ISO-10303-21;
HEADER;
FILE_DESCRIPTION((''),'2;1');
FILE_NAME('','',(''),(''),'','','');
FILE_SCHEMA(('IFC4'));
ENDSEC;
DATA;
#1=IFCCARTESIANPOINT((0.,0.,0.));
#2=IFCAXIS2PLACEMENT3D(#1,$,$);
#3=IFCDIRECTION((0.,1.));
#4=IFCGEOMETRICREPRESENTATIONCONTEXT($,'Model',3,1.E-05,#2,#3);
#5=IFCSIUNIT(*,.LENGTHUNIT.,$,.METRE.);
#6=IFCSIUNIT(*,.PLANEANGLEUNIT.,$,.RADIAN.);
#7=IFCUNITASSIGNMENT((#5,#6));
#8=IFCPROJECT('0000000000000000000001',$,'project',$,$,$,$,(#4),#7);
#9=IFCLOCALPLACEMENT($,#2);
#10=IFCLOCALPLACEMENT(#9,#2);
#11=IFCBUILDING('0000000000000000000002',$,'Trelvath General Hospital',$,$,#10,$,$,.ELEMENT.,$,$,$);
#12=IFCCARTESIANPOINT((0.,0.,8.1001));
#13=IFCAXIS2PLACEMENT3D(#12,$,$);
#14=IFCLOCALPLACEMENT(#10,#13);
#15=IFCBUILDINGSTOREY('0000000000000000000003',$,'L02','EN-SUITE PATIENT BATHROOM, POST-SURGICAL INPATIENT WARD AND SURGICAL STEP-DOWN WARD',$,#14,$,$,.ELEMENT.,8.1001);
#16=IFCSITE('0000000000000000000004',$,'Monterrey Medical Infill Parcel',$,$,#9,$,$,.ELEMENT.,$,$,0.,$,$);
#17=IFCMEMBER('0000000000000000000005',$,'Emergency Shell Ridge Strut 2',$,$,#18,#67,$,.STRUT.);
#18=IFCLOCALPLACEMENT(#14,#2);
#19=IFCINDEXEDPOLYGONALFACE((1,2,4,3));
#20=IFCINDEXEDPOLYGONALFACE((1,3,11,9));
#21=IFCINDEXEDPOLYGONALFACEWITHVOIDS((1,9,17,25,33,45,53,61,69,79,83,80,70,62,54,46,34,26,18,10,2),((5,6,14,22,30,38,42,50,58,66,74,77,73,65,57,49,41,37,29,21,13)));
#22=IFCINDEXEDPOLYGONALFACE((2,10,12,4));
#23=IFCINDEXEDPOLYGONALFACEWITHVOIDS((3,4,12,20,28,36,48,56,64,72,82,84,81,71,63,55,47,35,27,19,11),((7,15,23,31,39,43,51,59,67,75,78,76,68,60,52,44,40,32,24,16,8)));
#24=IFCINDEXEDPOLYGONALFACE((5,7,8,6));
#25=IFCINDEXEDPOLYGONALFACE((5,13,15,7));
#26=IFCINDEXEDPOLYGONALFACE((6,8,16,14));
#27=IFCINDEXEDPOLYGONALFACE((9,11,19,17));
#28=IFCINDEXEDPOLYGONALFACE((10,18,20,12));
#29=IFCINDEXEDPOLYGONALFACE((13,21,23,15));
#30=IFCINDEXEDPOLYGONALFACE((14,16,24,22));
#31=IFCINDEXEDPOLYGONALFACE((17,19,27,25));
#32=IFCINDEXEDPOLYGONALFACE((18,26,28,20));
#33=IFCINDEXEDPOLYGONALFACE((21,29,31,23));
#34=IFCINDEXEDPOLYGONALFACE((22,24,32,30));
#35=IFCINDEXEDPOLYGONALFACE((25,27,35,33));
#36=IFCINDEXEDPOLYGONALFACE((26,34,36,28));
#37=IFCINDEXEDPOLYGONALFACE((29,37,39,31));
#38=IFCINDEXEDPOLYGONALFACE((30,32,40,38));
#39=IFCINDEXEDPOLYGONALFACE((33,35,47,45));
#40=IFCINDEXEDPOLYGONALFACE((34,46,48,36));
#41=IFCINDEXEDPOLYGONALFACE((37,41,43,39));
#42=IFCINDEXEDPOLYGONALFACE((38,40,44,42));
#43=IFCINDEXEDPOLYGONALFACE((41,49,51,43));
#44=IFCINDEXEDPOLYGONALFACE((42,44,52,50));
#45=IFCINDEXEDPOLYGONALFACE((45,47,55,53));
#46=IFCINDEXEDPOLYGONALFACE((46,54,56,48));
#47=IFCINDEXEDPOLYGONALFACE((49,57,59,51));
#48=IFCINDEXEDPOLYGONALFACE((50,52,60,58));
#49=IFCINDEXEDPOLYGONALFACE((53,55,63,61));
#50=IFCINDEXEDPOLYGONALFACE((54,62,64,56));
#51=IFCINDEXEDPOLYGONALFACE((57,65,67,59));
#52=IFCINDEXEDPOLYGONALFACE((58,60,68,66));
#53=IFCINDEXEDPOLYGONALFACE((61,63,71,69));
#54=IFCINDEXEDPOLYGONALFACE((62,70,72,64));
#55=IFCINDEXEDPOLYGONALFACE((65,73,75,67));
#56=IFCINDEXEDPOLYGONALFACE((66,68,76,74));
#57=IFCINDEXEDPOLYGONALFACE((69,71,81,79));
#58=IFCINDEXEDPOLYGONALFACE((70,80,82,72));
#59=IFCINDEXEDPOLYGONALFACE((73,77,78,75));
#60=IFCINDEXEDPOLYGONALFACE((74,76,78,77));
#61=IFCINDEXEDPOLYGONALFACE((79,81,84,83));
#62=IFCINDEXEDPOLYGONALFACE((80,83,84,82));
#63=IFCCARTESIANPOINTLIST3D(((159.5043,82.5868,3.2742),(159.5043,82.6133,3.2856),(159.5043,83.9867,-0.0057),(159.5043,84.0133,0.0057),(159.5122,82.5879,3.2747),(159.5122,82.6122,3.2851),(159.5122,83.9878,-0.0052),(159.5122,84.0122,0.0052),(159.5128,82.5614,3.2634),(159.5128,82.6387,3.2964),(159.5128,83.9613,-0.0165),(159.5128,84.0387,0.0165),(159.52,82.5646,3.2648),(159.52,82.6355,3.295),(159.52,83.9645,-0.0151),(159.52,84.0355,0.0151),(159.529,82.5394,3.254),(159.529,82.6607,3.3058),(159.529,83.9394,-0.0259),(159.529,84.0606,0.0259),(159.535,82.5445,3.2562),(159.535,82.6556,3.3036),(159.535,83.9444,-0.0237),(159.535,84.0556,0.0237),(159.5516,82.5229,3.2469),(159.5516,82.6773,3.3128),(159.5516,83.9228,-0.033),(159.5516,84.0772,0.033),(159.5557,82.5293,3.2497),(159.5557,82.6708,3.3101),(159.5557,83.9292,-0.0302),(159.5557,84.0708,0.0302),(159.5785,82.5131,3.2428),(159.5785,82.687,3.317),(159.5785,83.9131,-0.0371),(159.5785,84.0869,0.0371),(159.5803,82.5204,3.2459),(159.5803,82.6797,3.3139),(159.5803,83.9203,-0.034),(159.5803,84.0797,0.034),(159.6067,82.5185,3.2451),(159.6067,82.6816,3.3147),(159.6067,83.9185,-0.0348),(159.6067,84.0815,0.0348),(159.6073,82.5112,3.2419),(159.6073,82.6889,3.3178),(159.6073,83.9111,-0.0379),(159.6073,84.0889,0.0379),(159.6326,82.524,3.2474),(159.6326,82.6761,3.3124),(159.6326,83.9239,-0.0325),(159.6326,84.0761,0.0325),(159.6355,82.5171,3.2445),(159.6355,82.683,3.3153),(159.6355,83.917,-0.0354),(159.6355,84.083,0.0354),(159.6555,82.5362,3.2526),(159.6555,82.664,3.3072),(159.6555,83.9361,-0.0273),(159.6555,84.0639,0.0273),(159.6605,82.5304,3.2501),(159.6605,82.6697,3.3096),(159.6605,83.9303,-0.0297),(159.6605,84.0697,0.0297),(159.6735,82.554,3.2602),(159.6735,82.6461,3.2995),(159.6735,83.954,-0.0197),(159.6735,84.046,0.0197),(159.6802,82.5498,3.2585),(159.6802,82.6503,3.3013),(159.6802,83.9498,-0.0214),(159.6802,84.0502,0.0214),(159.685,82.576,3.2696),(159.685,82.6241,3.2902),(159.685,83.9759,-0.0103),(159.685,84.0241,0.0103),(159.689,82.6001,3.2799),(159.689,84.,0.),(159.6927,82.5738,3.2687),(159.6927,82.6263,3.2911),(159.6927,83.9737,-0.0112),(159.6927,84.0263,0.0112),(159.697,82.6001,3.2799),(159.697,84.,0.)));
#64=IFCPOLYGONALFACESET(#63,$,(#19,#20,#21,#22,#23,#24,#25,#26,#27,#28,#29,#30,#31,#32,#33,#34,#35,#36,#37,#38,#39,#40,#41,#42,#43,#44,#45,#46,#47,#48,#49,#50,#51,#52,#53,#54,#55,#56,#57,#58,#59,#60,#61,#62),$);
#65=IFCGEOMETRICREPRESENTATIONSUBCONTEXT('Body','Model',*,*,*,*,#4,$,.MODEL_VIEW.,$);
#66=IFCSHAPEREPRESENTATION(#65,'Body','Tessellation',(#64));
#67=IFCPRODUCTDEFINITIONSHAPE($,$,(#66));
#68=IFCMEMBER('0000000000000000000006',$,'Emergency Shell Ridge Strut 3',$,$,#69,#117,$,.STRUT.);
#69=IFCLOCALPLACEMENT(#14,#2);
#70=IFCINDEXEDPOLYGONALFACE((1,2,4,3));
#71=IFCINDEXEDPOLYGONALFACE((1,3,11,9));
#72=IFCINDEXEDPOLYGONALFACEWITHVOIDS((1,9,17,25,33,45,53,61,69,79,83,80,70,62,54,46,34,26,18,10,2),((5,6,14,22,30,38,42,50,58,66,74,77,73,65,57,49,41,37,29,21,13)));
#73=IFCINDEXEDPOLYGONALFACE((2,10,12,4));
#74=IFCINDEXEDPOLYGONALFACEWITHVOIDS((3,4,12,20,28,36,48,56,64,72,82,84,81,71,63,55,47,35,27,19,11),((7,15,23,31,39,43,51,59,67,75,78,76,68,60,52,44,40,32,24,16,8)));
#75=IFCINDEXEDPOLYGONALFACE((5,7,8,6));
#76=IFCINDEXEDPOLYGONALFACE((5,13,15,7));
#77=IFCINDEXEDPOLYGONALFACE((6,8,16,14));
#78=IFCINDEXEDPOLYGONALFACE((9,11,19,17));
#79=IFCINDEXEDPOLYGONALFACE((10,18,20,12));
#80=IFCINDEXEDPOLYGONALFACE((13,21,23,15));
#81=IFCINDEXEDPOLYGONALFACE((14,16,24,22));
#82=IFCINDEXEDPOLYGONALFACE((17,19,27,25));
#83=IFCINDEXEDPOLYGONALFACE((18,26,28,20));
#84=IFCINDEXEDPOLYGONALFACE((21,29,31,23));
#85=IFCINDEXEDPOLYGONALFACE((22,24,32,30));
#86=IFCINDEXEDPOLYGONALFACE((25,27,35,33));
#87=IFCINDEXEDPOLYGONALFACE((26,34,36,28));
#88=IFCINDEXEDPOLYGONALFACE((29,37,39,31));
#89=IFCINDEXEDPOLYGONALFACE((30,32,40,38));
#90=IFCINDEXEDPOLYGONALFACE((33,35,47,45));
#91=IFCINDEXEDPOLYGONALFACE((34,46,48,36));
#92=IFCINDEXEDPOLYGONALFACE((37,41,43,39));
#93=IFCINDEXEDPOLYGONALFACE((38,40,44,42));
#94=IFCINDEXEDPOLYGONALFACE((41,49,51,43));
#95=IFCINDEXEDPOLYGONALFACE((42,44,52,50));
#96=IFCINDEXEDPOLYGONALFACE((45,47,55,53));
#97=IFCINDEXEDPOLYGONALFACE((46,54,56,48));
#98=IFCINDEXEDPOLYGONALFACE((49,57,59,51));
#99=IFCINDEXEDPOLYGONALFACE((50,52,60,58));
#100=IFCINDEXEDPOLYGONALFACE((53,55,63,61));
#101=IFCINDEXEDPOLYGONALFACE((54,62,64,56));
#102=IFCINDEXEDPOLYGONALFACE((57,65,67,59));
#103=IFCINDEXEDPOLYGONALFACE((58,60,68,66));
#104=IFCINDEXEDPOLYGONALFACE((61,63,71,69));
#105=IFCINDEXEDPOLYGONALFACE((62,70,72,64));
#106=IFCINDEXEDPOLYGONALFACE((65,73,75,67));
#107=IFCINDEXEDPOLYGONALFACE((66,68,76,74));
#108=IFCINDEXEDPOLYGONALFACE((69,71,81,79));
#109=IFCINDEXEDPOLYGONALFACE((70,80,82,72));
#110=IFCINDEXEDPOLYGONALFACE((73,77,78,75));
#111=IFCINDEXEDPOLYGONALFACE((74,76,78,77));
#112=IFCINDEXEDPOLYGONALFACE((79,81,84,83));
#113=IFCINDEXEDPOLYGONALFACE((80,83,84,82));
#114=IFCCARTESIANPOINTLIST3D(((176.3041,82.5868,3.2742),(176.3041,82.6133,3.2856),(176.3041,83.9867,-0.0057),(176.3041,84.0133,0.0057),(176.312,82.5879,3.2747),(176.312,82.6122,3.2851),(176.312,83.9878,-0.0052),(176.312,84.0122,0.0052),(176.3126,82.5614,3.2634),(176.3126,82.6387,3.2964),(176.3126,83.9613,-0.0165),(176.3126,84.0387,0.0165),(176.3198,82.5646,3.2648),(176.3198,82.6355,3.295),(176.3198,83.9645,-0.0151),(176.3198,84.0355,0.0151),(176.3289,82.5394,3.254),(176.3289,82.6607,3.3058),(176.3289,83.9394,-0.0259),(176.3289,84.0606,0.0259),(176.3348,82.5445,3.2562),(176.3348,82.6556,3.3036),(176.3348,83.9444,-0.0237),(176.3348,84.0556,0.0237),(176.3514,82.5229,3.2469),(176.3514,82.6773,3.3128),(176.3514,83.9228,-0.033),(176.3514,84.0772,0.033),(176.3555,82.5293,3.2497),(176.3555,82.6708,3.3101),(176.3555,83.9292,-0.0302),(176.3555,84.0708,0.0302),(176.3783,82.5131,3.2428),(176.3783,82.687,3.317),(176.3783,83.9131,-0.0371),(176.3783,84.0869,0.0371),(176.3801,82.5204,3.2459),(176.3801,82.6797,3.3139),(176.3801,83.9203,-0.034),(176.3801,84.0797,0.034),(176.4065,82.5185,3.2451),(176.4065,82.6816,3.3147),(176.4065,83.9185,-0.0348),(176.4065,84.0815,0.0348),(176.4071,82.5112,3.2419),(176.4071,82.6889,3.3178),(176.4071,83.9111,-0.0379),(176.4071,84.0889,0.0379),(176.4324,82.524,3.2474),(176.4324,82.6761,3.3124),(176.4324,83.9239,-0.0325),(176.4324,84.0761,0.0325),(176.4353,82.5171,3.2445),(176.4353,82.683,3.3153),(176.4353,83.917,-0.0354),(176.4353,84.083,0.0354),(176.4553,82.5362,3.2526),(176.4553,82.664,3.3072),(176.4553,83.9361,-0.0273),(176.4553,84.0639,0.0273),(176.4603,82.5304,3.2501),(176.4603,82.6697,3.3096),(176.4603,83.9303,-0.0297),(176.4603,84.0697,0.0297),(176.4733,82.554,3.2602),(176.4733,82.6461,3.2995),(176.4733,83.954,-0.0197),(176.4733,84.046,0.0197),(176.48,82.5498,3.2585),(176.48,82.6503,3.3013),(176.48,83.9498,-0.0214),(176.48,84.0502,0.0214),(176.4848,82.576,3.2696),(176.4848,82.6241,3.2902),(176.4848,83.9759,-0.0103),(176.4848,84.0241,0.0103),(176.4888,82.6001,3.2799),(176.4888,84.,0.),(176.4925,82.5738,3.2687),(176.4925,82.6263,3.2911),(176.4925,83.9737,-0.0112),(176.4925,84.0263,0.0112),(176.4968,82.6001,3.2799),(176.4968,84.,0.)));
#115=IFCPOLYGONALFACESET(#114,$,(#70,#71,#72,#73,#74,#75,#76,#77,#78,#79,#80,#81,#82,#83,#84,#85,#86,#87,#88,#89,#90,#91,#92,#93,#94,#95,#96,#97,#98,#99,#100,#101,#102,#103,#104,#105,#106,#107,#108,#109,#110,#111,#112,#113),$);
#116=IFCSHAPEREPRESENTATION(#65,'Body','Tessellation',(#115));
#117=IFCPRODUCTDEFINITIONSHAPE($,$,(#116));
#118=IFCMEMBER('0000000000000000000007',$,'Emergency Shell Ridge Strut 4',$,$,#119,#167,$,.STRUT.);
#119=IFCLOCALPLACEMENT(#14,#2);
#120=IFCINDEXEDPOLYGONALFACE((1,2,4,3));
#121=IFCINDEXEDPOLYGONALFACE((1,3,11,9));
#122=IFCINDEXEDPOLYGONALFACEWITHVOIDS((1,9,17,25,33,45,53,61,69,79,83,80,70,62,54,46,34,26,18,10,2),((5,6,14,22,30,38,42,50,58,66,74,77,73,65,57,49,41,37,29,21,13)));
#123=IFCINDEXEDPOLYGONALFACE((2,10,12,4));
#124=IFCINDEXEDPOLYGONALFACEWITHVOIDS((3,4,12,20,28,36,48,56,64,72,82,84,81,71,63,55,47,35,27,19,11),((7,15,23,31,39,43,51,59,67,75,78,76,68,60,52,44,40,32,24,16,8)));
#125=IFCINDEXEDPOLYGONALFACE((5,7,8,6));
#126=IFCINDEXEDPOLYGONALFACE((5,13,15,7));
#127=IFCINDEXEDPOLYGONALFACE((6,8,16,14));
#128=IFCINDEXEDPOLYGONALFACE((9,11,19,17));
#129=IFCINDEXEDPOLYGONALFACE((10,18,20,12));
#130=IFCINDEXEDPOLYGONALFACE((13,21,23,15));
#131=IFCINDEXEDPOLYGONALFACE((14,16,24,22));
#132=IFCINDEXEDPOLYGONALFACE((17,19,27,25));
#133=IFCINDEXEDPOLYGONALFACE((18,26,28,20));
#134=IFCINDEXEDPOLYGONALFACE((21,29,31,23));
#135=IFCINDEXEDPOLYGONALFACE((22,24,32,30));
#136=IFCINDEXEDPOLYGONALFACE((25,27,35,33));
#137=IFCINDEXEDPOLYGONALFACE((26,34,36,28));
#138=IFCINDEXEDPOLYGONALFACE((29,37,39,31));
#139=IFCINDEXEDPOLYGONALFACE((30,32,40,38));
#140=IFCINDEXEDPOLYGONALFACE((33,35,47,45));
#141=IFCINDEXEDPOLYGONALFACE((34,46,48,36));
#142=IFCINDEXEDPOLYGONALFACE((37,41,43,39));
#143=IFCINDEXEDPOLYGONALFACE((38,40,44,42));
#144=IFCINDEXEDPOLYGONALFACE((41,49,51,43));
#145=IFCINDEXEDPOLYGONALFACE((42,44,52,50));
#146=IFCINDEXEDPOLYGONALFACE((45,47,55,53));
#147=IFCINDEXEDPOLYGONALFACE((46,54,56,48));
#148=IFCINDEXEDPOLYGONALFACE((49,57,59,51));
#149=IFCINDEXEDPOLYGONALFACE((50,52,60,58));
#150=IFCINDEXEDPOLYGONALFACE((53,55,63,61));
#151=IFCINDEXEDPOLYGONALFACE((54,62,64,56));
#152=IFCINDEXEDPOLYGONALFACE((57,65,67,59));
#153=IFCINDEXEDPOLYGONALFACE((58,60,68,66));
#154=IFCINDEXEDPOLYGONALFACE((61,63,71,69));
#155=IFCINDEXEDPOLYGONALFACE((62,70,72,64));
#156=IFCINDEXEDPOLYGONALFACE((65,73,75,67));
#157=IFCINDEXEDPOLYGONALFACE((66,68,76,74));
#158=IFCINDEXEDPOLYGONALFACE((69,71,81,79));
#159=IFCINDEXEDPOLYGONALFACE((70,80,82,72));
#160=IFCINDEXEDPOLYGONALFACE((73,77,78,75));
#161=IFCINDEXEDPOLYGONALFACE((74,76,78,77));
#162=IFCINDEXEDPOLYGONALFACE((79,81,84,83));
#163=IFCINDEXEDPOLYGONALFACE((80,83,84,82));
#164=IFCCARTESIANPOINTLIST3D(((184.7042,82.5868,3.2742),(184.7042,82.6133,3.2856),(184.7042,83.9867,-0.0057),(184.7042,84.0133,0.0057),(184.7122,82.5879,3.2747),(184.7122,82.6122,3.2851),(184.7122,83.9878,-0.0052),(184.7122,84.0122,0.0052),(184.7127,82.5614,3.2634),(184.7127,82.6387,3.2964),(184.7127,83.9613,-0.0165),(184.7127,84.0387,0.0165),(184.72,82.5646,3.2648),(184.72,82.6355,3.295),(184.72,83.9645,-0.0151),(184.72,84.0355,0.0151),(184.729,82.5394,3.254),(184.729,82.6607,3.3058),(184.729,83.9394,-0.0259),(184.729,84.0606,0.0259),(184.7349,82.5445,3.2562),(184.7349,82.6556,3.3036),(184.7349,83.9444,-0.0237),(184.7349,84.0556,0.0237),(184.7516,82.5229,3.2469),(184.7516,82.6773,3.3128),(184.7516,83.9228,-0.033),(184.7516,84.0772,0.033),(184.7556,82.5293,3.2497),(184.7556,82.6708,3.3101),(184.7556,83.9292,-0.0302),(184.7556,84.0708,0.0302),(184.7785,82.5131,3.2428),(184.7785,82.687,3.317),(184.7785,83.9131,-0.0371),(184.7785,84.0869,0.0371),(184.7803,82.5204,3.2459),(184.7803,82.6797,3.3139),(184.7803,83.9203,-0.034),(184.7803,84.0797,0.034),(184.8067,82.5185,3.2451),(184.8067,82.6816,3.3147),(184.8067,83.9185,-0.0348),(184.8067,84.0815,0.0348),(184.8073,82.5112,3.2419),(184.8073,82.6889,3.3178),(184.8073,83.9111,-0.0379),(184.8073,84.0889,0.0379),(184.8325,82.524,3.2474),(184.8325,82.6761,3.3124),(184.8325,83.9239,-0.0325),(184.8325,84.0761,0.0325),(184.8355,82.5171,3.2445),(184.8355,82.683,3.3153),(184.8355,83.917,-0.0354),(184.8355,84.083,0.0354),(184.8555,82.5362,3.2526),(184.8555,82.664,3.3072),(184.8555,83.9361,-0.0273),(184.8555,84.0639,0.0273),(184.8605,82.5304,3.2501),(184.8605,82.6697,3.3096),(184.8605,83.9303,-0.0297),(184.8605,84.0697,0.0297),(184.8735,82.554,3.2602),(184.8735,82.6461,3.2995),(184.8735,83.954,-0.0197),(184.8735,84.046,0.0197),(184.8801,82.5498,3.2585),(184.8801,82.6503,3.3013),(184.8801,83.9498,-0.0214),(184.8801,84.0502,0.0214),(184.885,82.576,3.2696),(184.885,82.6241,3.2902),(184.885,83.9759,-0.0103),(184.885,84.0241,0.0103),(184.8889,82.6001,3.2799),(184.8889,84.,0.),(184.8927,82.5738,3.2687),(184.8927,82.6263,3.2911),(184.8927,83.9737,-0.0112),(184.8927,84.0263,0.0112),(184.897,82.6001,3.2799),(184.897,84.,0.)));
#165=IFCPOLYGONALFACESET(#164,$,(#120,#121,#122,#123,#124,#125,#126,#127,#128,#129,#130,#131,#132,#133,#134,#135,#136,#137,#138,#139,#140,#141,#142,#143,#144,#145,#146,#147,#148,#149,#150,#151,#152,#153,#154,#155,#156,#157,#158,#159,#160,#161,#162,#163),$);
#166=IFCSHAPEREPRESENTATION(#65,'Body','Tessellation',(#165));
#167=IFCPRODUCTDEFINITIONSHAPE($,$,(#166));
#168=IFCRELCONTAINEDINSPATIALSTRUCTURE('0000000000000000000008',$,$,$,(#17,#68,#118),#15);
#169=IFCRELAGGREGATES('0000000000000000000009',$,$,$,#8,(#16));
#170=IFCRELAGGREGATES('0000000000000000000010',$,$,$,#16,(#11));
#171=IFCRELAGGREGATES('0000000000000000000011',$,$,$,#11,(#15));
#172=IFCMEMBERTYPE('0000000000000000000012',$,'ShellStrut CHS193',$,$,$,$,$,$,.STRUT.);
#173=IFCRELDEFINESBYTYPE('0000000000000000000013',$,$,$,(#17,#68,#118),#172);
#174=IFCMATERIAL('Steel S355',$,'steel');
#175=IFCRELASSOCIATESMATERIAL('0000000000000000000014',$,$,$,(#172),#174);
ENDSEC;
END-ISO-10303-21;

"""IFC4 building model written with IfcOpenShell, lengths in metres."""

from ifc_helpers import new_model, si_unit, direction, frame, origin, origin_2d, place, context, subcontext, project, spatial, hollow_circle, extrude, material, material_profile, profile_set, type_object, element, save


model = new_model("IFC4")

# Units and contexts
model_context = context("Model", 3, precision=1e-05, world=origin(), true_north=direction((0.0, 1.0)))
body_context = subcontext(model_context, "Body", "Model", "MODEL_VIEW")
ifc_project = project(units=[si_unit("LENGTHUNIT", "METRE"), si_unit("PLANEANGLEUNIT", "RADIAN")], contexts=[model_context])

# Site, building, storey
site_placement = place(None, origin())
site = spatial("IfcSite", under=ifc_project, at=site_placement, Name="Monterrey Medical Infill Parcel", CompositionType="ELEMENT", RefElevation=0.0)
building_placement = place(site_placement, origin())
building = spatial("IfcBuilding", under=site, at=building_placement, Name="Trelvath General Hospital", CompositionType="ELEMENT")
storey_placement = place(building_placement, frame((0.0, 0.0, 8.1001)))
storey = spatial("IfcBuildingStorey", under=building, at=storey_placement, Name="L02", Description="EN-SUITE PATIENT BATHROOM, POST-SURGICAL INPATIENT WARD AND SURGICAL STEP-DOWN WARD", CompositionType="ELEMENT", Elevation=8.1001)

# Members
ifc_material_1 = material(Name="Steel S355", Category="steel")
ifc_material_profile = material_profile(ifc_material_1, hollow_circle(Radius=0.0969, WallThickness=0.0081, at=origin_2d()), Name="CHS193.7x8.0")
ifc_profile_set = profile_set([ifc_material_profile], Name="Steel S355")
member_type = type_object("IfcMemberType", Name="ShellStrut CHS193", PredefinedType="STRUT", material=ifc_profile_set)
for number, where, z_axis, x_axis, name in (
    (1, (159.6001, 84.0, 0.0), (0.0, -0.392564, 0.919725), (1.0, 0.0, 0.0), "Emergency Shell Ridge Strut 2"),
    (2, (176.3999, 84.0, 0.0), (0.0, -0.392564, 0.919725), (1.0, 0.0, 0.0), "Emergency Shell Ridge Strut 3"),
    (3, (184.8, 84.0, 0.0), (0.0, -0.392564, 0.919725), (1.0, 0.0, 0.0), "Emergency Shell Ridge Strut 4"),
):
    element("IfcMember", number, at=place(storey_placement, frame(where, z_axis=z_axis, x_axis=x_axis)), inside=storey, type_object=member_type, Name=name, PredefinedType="STRUT", context=body_context, shape_type="SweptSolid", body=[
        extrude(hollow_circle(Radius=0.0969, WallThickness=0.0081, at=origin_2d()), origin(), (0.0, 0.0, 1.0), 3.5662),
    ])

save(model, "model.ifc")
